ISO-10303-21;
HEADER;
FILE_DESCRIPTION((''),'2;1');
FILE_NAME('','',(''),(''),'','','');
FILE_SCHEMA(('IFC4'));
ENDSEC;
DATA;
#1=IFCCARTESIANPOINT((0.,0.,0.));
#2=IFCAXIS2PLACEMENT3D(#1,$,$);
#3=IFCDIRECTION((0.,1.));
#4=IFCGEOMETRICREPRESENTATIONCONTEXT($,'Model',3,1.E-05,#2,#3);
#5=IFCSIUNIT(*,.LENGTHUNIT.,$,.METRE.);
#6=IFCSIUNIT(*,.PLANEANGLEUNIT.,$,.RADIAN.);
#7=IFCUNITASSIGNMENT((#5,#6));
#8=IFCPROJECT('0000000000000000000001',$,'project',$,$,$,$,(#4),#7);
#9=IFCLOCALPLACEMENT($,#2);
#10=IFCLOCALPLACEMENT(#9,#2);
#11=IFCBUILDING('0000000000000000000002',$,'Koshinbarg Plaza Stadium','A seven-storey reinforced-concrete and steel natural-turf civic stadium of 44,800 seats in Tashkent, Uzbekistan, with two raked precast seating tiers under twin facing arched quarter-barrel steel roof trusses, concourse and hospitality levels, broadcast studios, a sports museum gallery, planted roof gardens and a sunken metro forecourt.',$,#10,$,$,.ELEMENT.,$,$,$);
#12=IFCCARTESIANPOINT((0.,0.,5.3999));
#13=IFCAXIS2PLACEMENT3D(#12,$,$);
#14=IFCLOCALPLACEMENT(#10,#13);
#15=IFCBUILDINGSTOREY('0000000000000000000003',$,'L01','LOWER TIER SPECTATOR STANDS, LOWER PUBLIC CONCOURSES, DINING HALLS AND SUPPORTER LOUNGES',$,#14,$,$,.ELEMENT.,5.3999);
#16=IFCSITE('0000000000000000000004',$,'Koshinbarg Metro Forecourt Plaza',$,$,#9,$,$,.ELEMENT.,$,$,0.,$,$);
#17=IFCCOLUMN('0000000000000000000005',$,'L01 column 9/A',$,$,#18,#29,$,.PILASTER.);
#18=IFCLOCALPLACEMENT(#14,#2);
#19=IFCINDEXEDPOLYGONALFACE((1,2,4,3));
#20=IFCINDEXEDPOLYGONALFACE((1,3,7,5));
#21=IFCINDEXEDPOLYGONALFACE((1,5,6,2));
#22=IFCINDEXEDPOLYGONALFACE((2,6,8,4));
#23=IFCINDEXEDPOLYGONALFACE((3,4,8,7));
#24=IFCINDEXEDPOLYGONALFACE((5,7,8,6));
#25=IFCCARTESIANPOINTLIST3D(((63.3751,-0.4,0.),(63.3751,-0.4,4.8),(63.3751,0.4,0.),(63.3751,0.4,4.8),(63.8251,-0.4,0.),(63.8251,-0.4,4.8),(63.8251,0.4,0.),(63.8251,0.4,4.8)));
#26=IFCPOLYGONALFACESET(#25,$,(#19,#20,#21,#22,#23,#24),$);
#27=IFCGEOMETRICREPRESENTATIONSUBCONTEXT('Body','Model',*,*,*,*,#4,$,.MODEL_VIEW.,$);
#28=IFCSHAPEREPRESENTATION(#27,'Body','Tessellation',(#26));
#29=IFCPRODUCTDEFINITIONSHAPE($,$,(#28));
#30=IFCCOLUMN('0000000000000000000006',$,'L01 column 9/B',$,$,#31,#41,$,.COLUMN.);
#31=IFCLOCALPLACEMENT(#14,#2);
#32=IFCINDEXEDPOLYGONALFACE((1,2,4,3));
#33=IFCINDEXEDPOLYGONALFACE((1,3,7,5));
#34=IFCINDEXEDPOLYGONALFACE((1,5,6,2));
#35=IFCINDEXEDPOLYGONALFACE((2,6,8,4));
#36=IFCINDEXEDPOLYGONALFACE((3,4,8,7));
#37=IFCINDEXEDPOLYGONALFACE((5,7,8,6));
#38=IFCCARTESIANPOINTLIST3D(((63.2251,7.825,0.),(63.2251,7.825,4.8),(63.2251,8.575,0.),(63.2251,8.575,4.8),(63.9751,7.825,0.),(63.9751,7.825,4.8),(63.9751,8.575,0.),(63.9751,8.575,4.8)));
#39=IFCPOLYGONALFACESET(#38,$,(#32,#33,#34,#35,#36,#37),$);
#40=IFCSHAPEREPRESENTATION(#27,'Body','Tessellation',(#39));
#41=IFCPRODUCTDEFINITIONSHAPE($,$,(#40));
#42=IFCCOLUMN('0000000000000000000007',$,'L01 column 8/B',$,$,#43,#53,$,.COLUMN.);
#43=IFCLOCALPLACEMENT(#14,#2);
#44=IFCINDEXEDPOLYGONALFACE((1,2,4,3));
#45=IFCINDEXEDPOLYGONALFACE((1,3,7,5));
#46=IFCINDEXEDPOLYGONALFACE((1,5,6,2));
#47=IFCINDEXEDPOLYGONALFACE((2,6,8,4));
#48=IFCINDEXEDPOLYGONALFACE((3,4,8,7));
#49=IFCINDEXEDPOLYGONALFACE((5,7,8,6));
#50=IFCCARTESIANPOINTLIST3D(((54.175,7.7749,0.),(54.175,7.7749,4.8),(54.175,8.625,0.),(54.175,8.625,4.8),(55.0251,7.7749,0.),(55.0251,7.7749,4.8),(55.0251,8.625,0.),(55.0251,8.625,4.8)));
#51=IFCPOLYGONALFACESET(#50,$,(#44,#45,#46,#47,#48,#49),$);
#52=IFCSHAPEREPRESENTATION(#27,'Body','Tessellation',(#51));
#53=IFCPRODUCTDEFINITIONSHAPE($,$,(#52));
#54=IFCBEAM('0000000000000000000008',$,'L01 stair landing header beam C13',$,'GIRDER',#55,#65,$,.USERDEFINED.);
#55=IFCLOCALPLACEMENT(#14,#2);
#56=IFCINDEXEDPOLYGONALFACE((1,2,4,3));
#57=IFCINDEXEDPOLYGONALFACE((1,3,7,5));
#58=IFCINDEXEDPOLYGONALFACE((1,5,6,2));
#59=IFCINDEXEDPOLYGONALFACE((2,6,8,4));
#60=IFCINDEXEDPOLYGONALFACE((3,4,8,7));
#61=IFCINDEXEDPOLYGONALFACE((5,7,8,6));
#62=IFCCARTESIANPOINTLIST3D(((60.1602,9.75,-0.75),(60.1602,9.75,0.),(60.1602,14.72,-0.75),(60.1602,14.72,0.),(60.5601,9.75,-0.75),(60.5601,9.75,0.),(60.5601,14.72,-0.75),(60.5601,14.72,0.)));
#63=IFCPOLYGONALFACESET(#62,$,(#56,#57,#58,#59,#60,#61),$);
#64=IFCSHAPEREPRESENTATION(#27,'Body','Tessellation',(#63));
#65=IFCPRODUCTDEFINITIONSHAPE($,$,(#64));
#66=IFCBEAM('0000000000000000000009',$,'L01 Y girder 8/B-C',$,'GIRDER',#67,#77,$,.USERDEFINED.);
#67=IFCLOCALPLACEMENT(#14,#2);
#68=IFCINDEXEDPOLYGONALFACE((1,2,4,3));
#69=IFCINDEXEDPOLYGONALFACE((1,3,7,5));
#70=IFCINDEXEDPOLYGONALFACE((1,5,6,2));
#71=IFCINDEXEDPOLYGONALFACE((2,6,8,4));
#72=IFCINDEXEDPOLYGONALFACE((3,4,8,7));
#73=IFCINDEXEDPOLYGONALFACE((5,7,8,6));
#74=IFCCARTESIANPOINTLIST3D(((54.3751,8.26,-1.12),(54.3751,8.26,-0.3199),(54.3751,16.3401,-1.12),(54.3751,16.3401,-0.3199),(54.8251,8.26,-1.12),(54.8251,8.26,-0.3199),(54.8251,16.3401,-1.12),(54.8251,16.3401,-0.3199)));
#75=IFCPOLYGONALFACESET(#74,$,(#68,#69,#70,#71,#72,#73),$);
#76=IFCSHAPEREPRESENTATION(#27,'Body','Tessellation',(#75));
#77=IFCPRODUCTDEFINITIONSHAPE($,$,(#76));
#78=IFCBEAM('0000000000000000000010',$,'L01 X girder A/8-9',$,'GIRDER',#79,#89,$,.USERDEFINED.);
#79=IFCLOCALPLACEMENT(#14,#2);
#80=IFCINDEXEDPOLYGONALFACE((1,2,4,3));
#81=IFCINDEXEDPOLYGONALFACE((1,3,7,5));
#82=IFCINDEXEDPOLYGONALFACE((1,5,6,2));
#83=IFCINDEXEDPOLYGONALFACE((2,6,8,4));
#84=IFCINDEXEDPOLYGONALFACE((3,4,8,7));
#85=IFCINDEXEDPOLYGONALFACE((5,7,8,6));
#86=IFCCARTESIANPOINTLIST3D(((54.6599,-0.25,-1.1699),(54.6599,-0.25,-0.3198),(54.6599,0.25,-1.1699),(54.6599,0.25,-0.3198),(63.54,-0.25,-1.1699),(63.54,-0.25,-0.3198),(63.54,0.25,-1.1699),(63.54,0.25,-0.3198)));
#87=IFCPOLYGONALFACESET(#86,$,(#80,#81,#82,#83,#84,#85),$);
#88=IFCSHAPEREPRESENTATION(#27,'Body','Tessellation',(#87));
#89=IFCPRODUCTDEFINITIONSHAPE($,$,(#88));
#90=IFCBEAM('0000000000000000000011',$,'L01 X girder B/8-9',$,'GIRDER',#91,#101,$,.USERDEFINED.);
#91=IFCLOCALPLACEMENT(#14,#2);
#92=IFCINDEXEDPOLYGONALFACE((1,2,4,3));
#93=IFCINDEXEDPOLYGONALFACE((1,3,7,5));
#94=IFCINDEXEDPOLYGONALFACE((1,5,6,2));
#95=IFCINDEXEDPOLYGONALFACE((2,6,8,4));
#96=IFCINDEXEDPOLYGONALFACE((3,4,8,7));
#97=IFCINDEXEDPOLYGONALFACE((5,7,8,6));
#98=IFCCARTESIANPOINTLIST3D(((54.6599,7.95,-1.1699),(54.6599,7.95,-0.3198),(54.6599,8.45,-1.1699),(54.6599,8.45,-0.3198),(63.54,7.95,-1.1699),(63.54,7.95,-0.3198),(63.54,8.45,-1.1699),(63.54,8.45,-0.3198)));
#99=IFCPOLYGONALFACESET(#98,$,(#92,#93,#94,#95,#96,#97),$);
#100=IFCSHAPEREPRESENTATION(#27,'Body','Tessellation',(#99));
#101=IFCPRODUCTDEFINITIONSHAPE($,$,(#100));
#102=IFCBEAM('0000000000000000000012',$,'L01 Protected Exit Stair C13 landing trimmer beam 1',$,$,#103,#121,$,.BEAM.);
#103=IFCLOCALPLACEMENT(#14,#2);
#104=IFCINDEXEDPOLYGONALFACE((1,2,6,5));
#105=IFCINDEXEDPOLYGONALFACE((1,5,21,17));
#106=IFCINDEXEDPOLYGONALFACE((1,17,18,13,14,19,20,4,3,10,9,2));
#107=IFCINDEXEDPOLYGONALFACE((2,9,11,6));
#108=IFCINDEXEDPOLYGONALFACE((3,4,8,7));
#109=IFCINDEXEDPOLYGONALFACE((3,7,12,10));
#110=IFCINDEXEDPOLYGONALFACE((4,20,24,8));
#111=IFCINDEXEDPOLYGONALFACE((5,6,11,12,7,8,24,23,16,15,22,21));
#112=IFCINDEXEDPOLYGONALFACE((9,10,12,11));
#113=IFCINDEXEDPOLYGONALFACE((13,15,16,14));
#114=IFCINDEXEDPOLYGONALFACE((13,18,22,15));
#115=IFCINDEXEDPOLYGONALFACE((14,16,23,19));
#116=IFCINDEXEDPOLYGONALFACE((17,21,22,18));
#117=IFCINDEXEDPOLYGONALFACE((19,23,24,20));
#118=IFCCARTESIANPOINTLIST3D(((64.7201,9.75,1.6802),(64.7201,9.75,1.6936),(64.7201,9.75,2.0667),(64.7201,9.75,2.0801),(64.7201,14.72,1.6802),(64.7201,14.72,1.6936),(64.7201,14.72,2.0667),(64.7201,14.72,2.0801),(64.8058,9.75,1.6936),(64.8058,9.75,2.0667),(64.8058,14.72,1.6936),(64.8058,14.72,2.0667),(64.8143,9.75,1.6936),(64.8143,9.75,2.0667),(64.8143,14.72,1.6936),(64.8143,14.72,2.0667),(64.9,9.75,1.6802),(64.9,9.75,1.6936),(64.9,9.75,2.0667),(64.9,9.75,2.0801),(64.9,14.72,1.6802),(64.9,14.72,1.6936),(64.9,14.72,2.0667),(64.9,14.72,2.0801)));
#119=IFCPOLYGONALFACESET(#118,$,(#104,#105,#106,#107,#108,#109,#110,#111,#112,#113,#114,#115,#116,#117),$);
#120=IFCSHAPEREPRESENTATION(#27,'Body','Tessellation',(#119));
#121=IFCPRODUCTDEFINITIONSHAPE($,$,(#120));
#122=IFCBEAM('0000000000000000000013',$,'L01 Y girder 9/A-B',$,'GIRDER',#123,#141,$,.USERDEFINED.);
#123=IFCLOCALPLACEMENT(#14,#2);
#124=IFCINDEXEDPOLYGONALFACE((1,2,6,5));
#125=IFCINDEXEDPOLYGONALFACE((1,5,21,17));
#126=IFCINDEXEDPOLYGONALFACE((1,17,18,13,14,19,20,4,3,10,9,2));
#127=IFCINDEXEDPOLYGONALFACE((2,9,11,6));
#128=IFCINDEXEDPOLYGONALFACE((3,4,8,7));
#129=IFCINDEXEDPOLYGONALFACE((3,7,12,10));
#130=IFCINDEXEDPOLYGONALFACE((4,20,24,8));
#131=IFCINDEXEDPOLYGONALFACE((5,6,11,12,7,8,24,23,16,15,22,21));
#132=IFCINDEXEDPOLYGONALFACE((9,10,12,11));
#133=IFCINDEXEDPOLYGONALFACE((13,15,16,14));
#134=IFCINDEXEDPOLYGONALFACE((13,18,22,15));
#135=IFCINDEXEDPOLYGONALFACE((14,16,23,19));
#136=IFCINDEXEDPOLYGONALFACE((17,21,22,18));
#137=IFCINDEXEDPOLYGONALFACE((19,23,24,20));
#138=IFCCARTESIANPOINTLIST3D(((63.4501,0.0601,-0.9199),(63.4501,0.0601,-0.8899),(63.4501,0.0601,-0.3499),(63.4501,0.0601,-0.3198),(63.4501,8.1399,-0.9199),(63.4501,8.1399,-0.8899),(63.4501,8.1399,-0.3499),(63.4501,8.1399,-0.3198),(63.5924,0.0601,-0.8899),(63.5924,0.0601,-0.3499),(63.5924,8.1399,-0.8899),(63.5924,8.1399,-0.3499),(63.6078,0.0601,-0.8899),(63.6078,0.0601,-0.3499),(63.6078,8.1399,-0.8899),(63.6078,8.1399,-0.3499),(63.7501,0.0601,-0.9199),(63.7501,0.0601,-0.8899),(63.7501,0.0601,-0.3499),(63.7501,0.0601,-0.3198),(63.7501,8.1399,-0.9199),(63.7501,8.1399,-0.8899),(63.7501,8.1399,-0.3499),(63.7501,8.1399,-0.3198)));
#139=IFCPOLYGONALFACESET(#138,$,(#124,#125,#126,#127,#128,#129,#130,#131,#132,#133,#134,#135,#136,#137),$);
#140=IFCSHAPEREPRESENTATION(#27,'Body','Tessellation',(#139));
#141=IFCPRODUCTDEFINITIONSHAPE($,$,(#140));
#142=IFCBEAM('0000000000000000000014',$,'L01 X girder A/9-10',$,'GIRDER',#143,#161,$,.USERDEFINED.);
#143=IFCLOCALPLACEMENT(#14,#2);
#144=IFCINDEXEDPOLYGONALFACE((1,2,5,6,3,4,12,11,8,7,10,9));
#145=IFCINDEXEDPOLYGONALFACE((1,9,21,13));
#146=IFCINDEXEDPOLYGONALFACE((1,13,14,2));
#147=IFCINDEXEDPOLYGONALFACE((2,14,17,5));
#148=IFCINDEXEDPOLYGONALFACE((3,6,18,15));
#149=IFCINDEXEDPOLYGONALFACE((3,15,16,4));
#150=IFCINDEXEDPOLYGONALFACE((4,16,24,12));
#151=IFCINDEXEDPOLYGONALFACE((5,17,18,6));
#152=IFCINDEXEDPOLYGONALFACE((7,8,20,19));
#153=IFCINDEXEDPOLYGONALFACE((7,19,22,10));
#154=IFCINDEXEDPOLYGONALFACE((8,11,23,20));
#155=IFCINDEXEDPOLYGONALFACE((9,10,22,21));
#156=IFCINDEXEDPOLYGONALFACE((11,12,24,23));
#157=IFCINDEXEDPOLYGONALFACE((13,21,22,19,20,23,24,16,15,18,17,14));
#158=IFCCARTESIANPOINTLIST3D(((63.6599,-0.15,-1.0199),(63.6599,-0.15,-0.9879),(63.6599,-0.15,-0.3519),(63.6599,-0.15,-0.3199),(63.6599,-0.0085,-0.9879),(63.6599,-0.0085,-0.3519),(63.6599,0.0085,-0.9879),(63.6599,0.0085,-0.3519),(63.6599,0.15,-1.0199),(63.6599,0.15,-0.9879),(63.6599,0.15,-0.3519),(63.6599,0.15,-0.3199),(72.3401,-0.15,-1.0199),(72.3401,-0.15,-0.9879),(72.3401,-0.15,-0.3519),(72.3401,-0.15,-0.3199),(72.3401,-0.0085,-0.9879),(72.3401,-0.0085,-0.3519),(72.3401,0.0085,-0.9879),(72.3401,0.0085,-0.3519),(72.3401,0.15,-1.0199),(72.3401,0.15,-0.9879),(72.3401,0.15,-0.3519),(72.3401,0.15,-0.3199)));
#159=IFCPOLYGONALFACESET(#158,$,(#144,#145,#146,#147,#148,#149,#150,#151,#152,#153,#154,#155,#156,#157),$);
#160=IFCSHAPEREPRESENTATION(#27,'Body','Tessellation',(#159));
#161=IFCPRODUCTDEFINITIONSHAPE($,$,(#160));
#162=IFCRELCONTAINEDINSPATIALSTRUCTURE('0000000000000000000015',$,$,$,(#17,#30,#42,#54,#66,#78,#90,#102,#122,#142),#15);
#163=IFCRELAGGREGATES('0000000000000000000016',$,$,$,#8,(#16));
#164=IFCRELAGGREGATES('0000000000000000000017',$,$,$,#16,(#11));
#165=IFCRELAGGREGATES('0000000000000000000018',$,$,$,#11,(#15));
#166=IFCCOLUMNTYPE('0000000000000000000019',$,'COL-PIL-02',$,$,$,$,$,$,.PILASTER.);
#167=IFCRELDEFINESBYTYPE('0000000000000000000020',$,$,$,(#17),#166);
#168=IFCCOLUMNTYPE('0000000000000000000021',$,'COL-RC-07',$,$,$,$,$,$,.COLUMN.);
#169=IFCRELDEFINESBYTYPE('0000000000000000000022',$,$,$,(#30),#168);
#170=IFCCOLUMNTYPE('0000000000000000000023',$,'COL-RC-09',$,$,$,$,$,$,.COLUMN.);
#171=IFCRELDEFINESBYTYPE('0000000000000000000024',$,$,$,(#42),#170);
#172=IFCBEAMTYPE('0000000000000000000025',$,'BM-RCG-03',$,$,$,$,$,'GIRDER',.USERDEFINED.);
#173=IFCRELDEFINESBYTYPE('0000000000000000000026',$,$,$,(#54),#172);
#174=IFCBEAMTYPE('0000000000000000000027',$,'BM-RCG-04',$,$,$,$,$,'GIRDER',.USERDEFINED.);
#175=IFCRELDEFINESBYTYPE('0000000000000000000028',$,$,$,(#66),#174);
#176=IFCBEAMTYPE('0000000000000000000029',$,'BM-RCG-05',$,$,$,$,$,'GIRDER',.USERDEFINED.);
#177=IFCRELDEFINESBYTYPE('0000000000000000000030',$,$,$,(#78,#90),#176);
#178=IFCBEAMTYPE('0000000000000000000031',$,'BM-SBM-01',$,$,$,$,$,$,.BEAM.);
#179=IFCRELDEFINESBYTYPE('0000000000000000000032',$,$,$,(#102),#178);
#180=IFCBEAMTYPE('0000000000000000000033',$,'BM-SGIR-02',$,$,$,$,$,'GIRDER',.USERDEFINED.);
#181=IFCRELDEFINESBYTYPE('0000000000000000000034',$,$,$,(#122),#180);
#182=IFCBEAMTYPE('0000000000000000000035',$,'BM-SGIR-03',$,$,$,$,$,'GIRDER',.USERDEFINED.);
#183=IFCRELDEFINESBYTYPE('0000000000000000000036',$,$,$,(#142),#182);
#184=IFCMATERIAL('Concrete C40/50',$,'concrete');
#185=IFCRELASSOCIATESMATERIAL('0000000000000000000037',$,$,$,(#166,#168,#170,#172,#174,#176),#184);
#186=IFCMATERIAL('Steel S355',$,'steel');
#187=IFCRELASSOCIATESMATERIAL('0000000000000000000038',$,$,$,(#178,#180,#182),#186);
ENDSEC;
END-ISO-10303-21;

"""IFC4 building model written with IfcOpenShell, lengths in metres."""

from ifc_helpers import new_model, si_unit, direction, frame, origin, origin_2d, place, context, subcontext, project, spatial, rectangle, i_section, extrude, material, material_profile, profile_set, type_object, element, save


model = new_model("IFC4")

# Units and contexts
model_context = context("Model", 3, precision=1e-05, world=origin(), true_north=direction((0.0, 1.0)))
body_context = subcontext(model_context, "Body", "Model", "MODEL_VIEW")
ifc_project = project(units=[si_unit("LENGTHUNIT", "METRE"), si_unit("PLANEANGLEUNIT", "RADIAN")], contexts=[model_context])

# Site, building, storey
site_placement = place(None, origin())
site = spatial("IfcSite", under=ifc_project, at=site_placement, Name="Koshinbarg Metro Forecourt Plaza", CompositionType="ELEMENT", RefElevation=0.0)
building_placement = place(site_placement, origin())
building = spatial("IfcBuilding", under=site, at=building_placement, Name="Koshinbarg Plaza Stadium", Description="A seven-storey reinforced-concrete and steel natural-turf civic stadium of 44,800 seats in Tashkent, Uzbekistan, with two raked precast seating tiers under twin facing arched quarter-barrel steel roof trusses, concourse and hospitality levels, broadcast studios, a sports museum gallery, planted roof gardens and a sunken metro forecourt.", CompositionType="ELEMENT")
storey_placement = place(building_placement, frame((0.0, 0.0, 5.3999)))
storey = spatial("IfcBuildingStorey", under=building, at=storey_placement, Name="L01", Description="LOWER TIER SPECTATOR STANDS, LOWER PUBLIC CONCOURSES, DINING HALLS AND SUPPORTER LOUNGES", CompositionType="ELEMENT", Elevation=5.3999)

# Columns
ifc_material_1 = material(Name="Concrete C40/50", Category="concrete")
ifc_material_profile_1 = material_profile(ifc_material_1, rectangle(XDim=0.45, YDim=0.8, at=origin_2d()), Name="PIL 450x800")
ifc_profile_set_1 = profile_set([ifc_material_profile_1], Name="Concrete C40/50")
column_type_1 = type_object("IfcColumnType", Name="COL-PIL-02", PredefinedType="PILASTER", material=ifc_profile_set_1)
column_1_placement = place(storey_placement, frame((63.6001, 0.0, 0.0), z_axis=(0.0, 0.0, 1.0), x_axis=(1.0, 0.0, 0.0)))
element("IfcColumn", 1, at=column_1_placement, inside=storey, type_object=column_type_1, Name="L01 column 9/A", PredefinedType="PILASTER", context=body_context, shape_type="SweptSolid", body=[
    extrude(rectangle(XDim=0.45, YDim=0.8, at=origin_2d()), origin(), (0.0, 0.0, 1.0), 4.8),
])
ifc_material_profile_2 = material_profile(ifc_material_1, rectangle(XDim=0.75, YDim=0.75, at=origin_2d()), Name="RC 750x750")
ifc_profile_set_2 = profile_set([ifc_material_profile_2], Name="Concrete C40/50")
column_type_2 = type_object("IfcColumnType", Name="COL-RC-07", PredefinedType="COLUMN", material=ifc_profile_set_2)
column_2_placement = place(storey_placement, frame((63.6001, 8.2, 0.0), z_axis=(0.0, 0.0, 1.0), x_axis=(1.0, 0.0, 0.0)))
element("IfcColumn", 2, at=column_2_placement, inside=storey, type_object=column_type_2, Name="L01 column 9/B", PredefinedType="COLUMN", context=body_context, shape_type="SweptSolid", body=[
    extrude(rectangle(XDim=0.75, YDim=0.75, at=origin_2d()), origin(), (0.0, 0.0, 1.0), 4.8),
])
ifc_material_profile_3 = material_profile(ifc_material_1, rectangle(XDim=0.8501, YDim=0.8501, at=origin_2d()), Name="RC 850x850")
ifc_profile_set_3 = profile_set([ifc_material_profile_3], Name="Concrete C40/50")
column_type_3 = type_object("IfcColumnType", Name="COL-RC-09", PredefinedType="COLUMN", material=ifc_profile_set_3)
column_3_placement = place(storey_placement, frame((54.6001, 8.2, 0.0), z_axis=(0.0, 0.0, 1.0), x_axis=(1.0, 0.0, 0.0)))
element("IfcColumn", 3, at=column_3_placement, inside=storey, type_object=column_type_3, Name="L01 column 8/B", PredefinedType="COLUMN", context=body_context, shape_type="SweptSolid", body=[
    extrude(rectangle(XDim=0.8501, YDim=0.8501, at=origin_2d()), origin(), (0.0, 0.0, 1.0), 4.8),
])

# Beams
ifc_material_profile_4 = material_profile(ifc_material_1, rectangle(XDim=0.3999, YDim=0.75, at=origin_2d()), Name="RC 400x750")
ifc_profile_set_4 = profile_set([ifc_material_profile_4], Name="Concrete C40/50")
beam_type_1 = type_object("IfcBeamType", Name="BM-RCG-03", ElementType="GIRDER", PredefinedType="USERDEFINED", material=ifc_profile_set_4)
beam_1_placement = place(storey_placement, frame((60.3601, 9.75, -0.375), z_axis=(0.0, 1.0, 0.0), x_axis=(-1.0, 0.0, 0.0)))
element("IfcBeam", 4, at=beam_1_placement, inside=storey, type_object=beam_type_1, Name="L01 stair landing header beam C13", ObjectType="GIRDER", PredefinedType="USERDEFINED", context=body_context, shape_type="SweptSolid", body=[
    extrude(rectangle(XDim=0.3999, YDim=0.75, at=origin_2d()), origin(), (0.0, 0.0, 1.0), 4.97),
])
ifc_material_profile_5 = material_profile(ifc_material_1, rectangle(XDim=0.45, YDim=0.8, at=origin_2d()), Name="RC 450x800")
ifc_profile_set_5 = profile_set([ifc_material_profile_5], Name="Concrete C40/50")
beam_type_2 = type_object("IfcBeamType", Name="BM-RCG-04", ElementType="GIRDER", PredefinedType="USERDEFINED", material=ifc_profile_set_5)
beam_2_placement = place(storey_placement, frame((54.6001, 8.26, -0.72), z_axis=(0.0, 1.0, 0.0), x_axis=(-1.0, 0.0, 0.0)))
element("IfcBeam", 5, at=beam_2_placement, inside=storey, type_object=beam_type_2, Name="L01 Y girder 8/B-C", ObjectType="GIRDER", PredefinedType="USERDEFINED", context=body_context, shape_type="SweptSolid", body=[
    extrude(rectangle(XDim=0.45, YDim=0.8, at=origin_2d()), origin(), (0.0, 0.0, 1.0), 8.0801),
])
ifc_material_profile_6 = material_profile(ifc_material_1, rectangle(XDim=0.5, YDim=0.8501, at=origin_2d()), Name="RC 500x850")
ifc_profile_set_6 = profile_set([ifc_material_profile_6], Name="Concrete C40/50")
beam_type_3 = type_object("IfcBeamType", Name="BM-RCG-05", ElementType="GIRDER", PredefinedType="USERDEFINED", material=ifc_profile_set_6)
for number, where, z_axis, x_axis, name in (
    (6, (54.6599, 0.0, -0.7449), (1.0, 0.0, 0.0), (0.0, 1.0, 0.0), "L01 X girder A/8-9"),
    (7, (54.6599, 8.2, -0.7449), (1.0, 0.0, 0.0), (0.0, 1.0, 0.0), "L01 X girder B/8-9"),
):
    element("IfcBeam", number, at=place(storey_placement, frame(where, z_axis=z_axis, x_axis=x_axis)), inside=storey, type_object=beam_type_3, Name=name, ObjectType="GIRDER", PredefinedType="USERDEFINED", context=body_context, shape_type="SweptSolid", body=[
        extrude(rectangle(XDim=0.5, YDim=0.8501, at=origin_2d()), origin(), (0.0, 0.0, 1.0), 8.8801),
    ])
ifc_material_2 = material(Name="Steel S355", Category="steel")
ifc_material_profile_7 = material_profile(ifc_material_2, i_section(OverallWidth=0.1799, OverallDepth=0.3999, WebThickness=0.0085, FlangeThickness=0.0134, at=origin_2d()), Name="IPE 400")
ifc_profile_set_7 = profile_set([ifc_material_profile_7], Name="Steel S355")
beam_type_4 = type_object("IfcBeamType", Name="BM-SBM-01", PredefinedType="BEAM", material=ifc_profile_set_7)
beam_3_placement = place(storey_placement, frame((64.8101, 9.75, 1.8801), z_axis=(0.0, 1.0, 0.0), x_axis=(-1.0, 0.0, 0.0)))
element("IfcBeam", 8, at=beam_3_placement, inside=storey, type_object=beam_type_4, Name="L01 Protected Exit Stair C13 landing trimmer beam 1", PredefinedType="BEAM", context=body_context, shape_type="SweptSolid", body=[
    extrude(i_section(OverallWidth=0.1799, OverallDepth=0.3999, WebThickness=0.0085, FlangeThickness=0.0134, at=origin_2d()), origin(), (0.0, 0.0, 1.0), 4.97),
])
ifc_material_profile_8 = material_profile(ifc_material_2, i_section(OverallWidth=0.3, OverallDepth=0.6001, WebThickness=0.0154, FlangeThickness=0.03, at=origin_2d()), Name="HEB 600")
ifc_profile_set_8 = profile_set([ifc_material_profile_8], Name="Steel S355")
beam_type_5 = type_object("IfcBeamType", Name="BM-SGIR-02", ElementType="GIRDER", PredefinedType="USERDEFINED", material=ifc_profile_set_8)
beam_4_placement = place(storey_placement, frame((63.6001, 0.0601, -0.6199), z_axis=(0.0, 1.0, 0.0), x_axis=(-1.0, 0.0, 0.0)))
element("IfcBeam", 9, at=beam_4_placement, inside=storey, type_object=beam_type_5, Name="L01 Y girder 9/A-B", ObjectType="GIRDER", PredefinedType="USERDEFINED", context=body_context, shape_type="SweptSolid", body=[
    extrude(i_section(OverallWidth=0.3, OverallDepth=0.6001, WebThickness=0.0154, FlangeThickness=0.03, at=origin_2d()), origin(), (0.0, 0.0, 1.0), 8.0798),
])
ifc_material_profile_9 = material_profile(ifc_material_2, i_section(OverallWidth=0.3, OverallDepth=0.7, WebThickness=0.0171, FlangeThickness=0.032, at=origin_2d()), Name="HEB 700")
ifc_profile_set_9 = profile_set([ifc_material_profile_9], Name="Steel S355")
beam_type_6 = type_object("IfcBeamType", Name="BM-SGIR-03", ElementType="GIRDER", PredefinedType="USERDEFINED", material=ifc_profile_set_9)
for number, where, z_axis, x_axis, name in (
    (10, (63.6599, 0.0, -0.6699), (1.0, 0.0, 0.0), (0.0, 1.0, 0.0), "L01 X girder A/9-10"),
):
    element("IfcBeam", number, at=place(storey_placement, frame(where, z_axis=z_axis, x_axis=x_axis)), inside=storey, type_object=beam_type_6, Name=name, ObjectType="GIRDER", PredefinedType="USERDEFINED", context=body_context, shape_type="SweptSolid", body=[
        extrude(i_section(OverallWidth=0.3, OverallDepth=0.7, WebThickness=0.0171, FlangeThickness=0.032, at=origin_2d()), origin(), (0.0, 0.0, 1.0), 8.6802),
    ])

save(model, "model.ifc")
